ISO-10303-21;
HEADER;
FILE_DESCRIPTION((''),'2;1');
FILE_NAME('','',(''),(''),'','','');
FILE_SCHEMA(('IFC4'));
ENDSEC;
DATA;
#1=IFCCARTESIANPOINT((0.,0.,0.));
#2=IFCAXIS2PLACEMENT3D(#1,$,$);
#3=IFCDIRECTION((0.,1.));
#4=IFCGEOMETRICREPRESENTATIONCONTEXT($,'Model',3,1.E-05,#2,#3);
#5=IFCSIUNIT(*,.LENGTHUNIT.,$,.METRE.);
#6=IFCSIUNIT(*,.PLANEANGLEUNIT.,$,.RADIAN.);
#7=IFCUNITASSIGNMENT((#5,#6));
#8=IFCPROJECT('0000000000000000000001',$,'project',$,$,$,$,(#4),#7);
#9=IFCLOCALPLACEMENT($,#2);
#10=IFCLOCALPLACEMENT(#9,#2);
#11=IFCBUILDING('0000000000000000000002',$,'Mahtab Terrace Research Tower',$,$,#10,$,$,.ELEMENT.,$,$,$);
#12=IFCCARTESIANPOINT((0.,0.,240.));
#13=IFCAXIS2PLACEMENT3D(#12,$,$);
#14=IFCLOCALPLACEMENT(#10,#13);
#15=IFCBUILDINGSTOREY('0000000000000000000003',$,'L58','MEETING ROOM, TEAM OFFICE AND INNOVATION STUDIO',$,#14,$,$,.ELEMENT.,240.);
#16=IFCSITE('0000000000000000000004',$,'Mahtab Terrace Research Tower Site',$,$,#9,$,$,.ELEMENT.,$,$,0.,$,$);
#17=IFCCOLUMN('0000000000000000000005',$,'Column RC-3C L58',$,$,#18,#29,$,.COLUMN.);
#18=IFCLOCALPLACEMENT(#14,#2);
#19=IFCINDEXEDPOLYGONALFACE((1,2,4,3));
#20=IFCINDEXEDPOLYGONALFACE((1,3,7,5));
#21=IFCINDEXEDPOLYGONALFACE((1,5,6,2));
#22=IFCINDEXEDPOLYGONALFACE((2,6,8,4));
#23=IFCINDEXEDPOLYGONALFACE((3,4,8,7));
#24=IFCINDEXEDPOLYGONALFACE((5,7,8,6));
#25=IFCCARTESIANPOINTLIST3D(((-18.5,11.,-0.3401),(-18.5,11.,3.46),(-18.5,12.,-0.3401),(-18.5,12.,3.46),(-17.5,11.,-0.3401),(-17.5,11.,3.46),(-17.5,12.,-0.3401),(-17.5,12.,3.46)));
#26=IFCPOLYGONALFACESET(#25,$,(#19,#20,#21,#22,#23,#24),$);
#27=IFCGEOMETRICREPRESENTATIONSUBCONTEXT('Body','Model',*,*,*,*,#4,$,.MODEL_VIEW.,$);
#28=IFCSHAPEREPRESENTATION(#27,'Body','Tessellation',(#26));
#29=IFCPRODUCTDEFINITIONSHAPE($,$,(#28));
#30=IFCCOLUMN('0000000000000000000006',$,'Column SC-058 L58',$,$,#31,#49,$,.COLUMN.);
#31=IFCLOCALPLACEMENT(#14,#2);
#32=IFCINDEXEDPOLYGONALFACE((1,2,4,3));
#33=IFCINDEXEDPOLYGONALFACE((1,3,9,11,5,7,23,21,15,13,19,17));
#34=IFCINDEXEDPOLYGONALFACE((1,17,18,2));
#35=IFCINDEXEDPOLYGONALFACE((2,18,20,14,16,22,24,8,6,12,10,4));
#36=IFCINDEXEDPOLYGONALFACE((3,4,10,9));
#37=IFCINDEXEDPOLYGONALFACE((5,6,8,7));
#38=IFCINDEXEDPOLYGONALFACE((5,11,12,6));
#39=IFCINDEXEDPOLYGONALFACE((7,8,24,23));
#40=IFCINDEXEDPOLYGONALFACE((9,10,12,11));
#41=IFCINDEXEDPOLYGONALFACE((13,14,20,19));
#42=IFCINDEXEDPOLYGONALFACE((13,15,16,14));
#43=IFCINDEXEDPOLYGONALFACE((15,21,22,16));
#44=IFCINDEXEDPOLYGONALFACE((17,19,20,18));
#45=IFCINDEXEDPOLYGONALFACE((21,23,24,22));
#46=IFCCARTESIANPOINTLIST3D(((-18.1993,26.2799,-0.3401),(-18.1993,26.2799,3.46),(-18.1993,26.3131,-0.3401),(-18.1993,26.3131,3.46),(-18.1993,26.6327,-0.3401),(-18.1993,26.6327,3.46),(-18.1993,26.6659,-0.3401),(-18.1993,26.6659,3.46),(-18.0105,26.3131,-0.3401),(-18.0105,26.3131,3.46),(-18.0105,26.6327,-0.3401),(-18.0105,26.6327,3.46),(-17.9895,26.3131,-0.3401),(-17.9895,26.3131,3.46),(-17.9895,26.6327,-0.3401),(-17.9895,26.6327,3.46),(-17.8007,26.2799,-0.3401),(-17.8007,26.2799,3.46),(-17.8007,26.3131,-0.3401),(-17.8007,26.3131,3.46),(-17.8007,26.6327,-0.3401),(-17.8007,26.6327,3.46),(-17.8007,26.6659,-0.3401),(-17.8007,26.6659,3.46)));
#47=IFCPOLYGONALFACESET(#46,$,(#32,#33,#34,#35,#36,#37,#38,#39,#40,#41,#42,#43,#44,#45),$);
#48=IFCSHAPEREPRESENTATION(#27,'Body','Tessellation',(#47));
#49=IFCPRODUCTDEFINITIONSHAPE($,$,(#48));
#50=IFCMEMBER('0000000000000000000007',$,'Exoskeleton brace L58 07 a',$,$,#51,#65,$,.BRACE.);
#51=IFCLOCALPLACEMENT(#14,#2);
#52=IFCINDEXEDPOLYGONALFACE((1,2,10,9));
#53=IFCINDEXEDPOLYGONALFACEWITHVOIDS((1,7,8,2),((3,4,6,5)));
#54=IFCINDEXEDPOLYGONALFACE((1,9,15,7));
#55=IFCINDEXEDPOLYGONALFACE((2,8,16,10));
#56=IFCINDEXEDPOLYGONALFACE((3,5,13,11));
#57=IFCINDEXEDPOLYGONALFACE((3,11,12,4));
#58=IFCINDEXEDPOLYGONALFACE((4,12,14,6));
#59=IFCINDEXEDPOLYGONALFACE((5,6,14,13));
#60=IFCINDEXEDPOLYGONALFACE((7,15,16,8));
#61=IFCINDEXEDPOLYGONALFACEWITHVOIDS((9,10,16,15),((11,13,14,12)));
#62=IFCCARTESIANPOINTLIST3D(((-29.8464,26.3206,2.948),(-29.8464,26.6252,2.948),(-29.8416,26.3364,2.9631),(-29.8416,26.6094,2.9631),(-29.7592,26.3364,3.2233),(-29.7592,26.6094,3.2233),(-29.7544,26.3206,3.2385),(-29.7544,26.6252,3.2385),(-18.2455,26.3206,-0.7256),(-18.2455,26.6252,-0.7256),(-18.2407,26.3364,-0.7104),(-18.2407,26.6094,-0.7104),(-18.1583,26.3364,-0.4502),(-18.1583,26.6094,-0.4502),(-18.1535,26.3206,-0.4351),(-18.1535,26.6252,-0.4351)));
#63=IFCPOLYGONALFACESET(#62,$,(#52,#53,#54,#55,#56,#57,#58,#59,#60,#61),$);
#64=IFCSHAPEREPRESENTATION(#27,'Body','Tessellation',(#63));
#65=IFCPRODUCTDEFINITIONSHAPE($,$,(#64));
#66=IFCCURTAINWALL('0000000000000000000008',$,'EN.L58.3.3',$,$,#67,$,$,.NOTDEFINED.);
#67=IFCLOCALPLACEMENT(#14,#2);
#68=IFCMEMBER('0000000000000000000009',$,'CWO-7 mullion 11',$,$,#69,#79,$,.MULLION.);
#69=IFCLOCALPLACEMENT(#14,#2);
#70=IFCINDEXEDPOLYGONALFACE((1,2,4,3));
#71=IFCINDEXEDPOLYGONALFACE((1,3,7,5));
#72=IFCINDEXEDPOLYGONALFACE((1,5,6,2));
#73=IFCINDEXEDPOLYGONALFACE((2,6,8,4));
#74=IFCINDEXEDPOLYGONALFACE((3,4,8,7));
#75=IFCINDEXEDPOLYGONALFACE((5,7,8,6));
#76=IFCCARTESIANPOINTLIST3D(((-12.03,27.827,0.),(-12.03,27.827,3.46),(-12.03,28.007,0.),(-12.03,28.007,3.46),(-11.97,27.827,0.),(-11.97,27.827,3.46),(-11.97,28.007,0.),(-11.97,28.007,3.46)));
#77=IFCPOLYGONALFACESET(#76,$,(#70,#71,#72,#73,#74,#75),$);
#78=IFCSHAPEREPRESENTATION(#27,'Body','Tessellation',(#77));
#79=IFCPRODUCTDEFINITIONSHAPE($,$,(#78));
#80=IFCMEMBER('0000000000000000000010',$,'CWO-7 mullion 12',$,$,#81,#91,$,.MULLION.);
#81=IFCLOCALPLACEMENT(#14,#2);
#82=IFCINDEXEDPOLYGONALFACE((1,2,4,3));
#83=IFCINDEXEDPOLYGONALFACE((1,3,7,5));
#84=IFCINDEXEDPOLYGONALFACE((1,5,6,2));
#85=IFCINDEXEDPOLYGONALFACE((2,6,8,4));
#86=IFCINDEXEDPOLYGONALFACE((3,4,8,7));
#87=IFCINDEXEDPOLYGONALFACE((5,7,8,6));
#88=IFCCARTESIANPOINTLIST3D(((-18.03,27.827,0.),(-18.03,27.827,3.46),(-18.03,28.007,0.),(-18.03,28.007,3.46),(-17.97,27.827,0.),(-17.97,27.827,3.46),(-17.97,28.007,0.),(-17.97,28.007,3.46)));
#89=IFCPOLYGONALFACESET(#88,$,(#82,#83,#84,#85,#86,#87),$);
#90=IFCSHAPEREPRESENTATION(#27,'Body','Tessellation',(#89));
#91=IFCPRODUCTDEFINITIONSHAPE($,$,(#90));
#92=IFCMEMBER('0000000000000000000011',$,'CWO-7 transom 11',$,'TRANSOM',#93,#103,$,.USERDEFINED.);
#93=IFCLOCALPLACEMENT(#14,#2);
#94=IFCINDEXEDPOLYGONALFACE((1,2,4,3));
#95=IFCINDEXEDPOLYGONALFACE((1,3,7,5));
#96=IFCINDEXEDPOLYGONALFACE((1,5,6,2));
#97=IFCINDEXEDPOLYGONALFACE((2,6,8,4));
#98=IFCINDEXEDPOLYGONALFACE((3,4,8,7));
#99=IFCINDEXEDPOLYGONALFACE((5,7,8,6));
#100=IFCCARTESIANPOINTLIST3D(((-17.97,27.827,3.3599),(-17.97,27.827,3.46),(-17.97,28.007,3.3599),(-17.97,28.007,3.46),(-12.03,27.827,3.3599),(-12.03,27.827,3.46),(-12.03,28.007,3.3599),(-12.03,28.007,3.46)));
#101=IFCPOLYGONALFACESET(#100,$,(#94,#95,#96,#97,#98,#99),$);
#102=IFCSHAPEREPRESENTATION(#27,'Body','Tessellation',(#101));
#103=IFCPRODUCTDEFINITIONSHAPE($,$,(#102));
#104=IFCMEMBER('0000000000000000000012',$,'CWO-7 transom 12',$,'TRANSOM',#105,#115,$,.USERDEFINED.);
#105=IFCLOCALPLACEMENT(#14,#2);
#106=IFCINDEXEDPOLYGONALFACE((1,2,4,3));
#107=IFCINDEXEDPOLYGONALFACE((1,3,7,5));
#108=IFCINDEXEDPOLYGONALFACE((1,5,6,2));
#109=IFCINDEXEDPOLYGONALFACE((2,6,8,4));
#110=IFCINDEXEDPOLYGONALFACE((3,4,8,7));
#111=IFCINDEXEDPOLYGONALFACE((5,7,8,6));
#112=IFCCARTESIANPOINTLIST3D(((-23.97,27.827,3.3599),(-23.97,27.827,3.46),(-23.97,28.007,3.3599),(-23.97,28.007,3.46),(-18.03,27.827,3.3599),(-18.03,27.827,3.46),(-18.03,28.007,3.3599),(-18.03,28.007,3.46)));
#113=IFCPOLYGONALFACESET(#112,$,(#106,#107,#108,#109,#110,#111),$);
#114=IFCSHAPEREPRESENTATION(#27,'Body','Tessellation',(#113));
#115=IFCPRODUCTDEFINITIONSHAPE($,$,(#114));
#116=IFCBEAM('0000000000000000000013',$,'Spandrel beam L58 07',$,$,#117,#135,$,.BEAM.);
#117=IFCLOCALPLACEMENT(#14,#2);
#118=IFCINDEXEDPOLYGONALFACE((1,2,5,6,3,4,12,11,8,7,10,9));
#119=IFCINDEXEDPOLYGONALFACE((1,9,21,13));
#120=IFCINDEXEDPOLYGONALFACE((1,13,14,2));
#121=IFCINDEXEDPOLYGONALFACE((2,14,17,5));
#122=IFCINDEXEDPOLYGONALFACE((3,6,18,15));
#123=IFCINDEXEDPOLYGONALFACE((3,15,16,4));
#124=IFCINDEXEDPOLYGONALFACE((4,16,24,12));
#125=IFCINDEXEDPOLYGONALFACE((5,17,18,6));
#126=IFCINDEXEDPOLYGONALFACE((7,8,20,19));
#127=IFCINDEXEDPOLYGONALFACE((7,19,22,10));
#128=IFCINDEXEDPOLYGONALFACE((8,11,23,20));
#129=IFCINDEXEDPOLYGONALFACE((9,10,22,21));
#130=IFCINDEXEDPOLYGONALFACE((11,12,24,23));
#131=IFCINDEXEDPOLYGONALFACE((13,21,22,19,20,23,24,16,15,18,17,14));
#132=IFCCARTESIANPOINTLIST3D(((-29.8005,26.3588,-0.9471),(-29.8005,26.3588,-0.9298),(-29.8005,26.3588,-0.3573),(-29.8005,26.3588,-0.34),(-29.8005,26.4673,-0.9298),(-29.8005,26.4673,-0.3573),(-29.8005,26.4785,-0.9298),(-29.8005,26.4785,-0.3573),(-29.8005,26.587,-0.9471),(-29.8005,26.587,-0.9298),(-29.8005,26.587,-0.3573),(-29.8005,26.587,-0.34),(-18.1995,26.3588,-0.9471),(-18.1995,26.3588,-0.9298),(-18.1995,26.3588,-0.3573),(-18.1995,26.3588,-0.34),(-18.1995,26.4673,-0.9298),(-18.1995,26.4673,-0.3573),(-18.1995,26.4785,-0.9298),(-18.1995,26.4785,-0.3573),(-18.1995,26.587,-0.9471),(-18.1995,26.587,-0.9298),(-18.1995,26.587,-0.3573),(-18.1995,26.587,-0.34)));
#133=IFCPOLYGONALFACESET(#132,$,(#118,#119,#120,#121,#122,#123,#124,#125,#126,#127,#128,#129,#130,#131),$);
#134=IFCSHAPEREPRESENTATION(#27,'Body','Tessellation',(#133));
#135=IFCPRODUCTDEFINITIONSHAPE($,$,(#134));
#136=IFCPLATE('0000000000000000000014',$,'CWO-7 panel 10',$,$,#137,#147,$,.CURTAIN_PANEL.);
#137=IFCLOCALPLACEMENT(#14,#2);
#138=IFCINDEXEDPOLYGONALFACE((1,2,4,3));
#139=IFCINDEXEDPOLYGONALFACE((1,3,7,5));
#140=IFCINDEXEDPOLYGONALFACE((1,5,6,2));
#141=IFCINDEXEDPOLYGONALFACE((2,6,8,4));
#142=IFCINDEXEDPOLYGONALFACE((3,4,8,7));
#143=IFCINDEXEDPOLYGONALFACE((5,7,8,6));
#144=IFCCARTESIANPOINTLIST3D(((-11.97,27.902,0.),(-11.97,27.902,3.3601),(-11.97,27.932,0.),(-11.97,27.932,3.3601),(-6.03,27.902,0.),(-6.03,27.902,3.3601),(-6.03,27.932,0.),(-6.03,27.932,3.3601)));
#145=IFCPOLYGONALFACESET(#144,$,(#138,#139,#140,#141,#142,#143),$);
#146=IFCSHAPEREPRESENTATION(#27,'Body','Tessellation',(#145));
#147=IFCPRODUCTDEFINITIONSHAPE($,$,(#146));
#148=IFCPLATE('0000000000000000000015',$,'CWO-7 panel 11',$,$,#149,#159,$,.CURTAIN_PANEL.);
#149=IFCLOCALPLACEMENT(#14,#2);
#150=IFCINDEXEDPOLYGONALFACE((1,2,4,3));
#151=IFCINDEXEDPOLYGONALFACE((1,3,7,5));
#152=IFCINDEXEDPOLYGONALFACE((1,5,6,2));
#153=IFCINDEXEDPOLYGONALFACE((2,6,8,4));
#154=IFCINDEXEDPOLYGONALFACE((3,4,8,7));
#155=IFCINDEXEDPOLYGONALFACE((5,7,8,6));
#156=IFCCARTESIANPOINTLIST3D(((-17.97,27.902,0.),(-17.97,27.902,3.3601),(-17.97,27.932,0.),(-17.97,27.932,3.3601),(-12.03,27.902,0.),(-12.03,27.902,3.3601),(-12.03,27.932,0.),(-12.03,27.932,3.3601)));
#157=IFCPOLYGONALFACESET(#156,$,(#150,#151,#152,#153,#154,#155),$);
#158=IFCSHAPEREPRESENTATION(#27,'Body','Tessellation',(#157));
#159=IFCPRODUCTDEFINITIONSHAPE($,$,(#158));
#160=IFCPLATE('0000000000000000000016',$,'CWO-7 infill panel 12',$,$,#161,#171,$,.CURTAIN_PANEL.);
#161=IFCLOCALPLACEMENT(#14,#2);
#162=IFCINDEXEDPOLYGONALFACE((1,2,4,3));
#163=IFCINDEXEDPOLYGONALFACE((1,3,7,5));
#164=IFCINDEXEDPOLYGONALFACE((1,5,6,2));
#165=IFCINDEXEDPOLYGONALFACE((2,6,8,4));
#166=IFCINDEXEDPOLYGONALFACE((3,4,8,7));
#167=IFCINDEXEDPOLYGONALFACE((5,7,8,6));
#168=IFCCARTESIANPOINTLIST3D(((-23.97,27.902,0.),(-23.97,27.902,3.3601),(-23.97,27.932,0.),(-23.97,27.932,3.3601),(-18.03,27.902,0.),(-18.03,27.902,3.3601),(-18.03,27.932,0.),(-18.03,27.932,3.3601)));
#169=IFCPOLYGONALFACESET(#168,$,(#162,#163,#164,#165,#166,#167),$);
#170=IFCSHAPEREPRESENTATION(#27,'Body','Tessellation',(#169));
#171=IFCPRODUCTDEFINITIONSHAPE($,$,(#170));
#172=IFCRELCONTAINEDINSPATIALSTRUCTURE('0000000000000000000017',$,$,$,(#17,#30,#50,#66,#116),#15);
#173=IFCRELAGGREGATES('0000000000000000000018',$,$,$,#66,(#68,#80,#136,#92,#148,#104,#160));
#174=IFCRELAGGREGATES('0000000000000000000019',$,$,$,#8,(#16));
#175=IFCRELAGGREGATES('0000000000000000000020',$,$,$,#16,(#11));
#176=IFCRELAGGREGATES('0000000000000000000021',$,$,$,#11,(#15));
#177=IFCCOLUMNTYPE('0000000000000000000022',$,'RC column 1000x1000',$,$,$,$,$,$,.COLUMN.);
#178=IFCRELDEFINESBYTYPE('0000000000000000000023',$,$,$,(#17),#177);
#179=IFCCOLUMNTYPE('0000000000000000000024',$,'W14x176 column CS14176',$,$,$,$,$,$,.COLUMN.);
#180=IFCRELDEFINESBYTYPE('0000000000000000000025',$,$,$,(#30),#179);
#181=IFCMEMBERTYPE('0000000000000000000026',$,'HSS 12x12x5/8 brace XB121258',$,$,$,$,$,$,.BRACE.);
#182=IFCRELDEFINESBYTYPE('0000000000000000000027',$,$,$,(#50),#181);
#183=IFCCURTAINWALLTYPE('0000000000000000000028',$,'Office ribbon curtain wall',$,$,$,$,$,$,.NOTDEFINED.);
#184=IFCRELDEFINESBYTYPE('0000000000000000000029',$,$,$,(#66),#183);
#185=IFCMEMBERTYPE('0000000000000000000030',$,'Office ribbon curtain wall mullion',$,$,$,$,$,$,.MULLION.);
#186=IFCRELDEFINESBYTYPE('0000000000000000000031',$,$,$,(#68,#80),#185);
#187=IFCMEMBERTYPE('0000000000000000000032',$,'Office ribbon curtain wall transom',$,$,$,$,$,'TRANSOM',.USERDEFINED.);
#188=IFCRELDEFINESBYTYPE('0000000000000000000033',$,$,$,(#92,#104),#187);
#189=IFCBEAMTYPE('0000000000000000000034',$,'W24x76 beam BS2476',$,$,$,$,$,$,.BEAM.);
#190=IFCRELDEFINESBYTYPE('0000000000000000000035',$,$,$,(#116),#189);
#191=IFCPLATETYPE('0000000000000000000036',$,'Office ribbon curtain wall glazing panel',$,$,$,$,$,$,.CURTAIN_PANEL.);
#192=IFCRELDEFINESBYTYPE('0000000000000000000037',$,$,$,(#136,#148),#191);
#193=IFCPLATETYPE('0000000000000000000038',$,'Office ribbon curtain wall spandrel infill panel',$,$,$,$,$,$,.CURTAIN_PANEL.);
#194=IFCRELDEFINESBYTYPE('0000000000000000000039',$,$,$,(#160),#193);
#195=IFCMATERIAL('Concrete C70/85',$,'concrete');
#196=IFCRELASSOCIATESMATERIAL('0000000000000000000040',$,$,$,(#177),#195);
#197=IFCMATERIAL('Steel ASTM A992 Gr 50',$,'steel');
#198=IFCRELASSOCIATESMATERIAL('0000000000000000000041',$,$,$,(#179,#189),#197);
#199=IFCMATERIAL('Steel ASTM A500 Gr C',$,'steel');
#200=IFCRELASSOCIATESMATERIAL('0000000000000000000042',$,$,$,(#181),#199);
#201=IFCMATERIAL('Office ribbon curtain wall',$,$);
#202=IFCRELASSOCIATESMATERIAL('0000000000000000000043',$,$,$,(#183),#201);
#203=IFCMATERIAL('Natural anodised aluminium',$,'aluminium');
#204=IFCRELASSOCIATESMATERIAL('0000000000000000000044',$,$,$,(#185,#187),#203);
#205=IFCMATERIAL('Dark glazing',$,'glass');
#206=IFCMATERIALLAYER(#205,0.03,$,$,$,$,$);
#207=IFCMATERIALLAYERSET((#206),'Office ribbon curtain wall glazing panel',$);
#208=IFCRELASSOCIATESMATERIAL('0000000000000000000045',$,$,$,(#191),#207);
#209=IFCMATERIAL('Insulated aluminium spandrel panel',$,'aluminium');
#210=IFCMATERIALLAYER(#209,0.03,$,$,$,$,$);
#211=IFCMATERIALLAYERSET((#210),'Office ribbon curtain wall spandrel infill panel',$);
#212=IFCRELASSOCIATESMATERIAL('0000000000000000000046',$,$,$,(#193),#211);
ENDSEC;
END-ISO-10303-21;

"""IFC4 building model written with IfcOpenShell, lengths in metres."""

from ifc_helpers import new_model, si_unit, direction, frame, origin, origin_2d, place, context, subcontext, project, spatial, rectangle, hollow_rectangle, i_section, extrude, material, layer, layer_set, material_profile, profile_set, type_object, element, aggregate, save


model = new_model("IFC4")

# Units and contexts
model_context = context("Model", 3, precision=1e-05, world=origin(), true_north=direction((0.0, 1.0)))
body_context = subcontext(model_context, "Body", "Model", "MODEL_VIEW")
ifc_project = project(units=[si_unit("LENGTHUNIT", "METRE"), si_unit("PLANEANGLEUNIT", "RADIAN")], contexts=[model_context])

# Site, building, storey
site_placement = place(None, origin())
site = spatial("IfcSite", under=ifc_project, at=site_placement, Name="Mahtab Terrace Research Tower Site", CompositionType="ELEMENT", RefElevation=0.0)
building_placement = place(site_placement, origin())
building = spatial("IfcBuilding", under=site, at=building_placement, Name="Mahtab Terrace Research Tower", CompositionType="ELEMENT")
storey_placement = place(building_placement, frame((0.0, 0.0, 240.0)))
storey = spatial("IfcBuildingStorey", under=building, at=storey_placement, Name="L58", Description="MEETING ROOM, TEAM OFFICE AND INNOVATION STUDIO", CompositionType="ELEMENT", Elevation=240.0)

# Columns
ifc_material_1 = material(Name="Concrete C70/85", Category="concrete")
ifc_material_profile_1 = material_profile(ifc_material_1, rectangle(XDim=1.0, YDim=1.0, at=origin_2d()), Name="RC column 1000x1000")
ifc_profile_set_1 = profile_set([ifc_material_profile_1], Name="Concrete C70/85")
column_type_1 = type_object("IfcColumnType", Name="RC column 1000x1000", PredefinedType="COLUMN", material=ifc_profile_set_1)
column_1_placement = place(storey_placement, frame((-18.0, 11.5, -0.3401), z_axis=(0.0, 0.0, 1.0), x_axis=(1.0, 0.0, 0.0)))
element("IfcColumn", 1, at=column_1_placement, inside=storey, type_object=column_type_1, Name="Column RC-3C L58", PredefinedType="COLUMN", context=body_context, shape_type="SweptSolid", body=[
    extrude(rectangle(XDim=1.0, YDim=1.0, at=origin_2d()), origin(), (0.0, 0.0, 1.0), 3.8),
])
ifc_material_2 = material(Name="Steel ASTM A992 Gr 50", Category="steel")
ifc_material_profile_2 = material_profile(ifc_material_2, i_section(OverallWidth=0.3987, OverallDepth=0.386, WebThickness=0.021, FlangeThickness=0.0332, at=origin_2d()), Name="W14X176")
ifc_profile_set_2 = profile_set([ifc_material_profile_2], Name="Steel ASTM A992 Gr 50")
column_type_2 = type_object("IfcColumnType", Name="W14x176 column CS14176", PredefinedType="COLUMN", material=ifc_profile_set_2)
column_2_placement = place(storey_placement, frame((-18.0, 26.4729, -0.3401), z_axis=(0.0, 0.0, 1.0), x_axis=(1.0, 0.0, 0.0)))
element("IfcColumn", 2, at=column_2_placement, inside=storey, type_object=column_type_2, Name="Column SC-058 L58", PredefinedType="COLUMN", context=body_context, shape_type="SweptSolid", body=[
    extrude(i_section(OverallWidth=0.3987, OverallDepth=0.386, WebThickness=0.021, FlangeThickness=0.0332, at=origin_2d()), origin(), (0.0, 0.0, 1.0), 3.8),
])

# Member
ifc_material_3 = material(Name="Steel ASTM A500 Gr C", Category="steel")
ifc_material_profile_3 = material_profile(ifc_material_3, hollow_rectangle(XDim=0.3047, YDim=0.3047, WallThickness=0.0159, at=origin_2d()), Name="HSS12X12X5/8")
ifc_profile_set_3 = profile_set([ifc_material_profile_3], Name="Steel ASTM A500 Gr C")
member_type_1 = type_object("IfcMemberType", Name="HSS 12x12x5/8 brace XB121258", PredefinedType="BRACE", material=ifc_profile_set_3)
member_1_placement = place(storey_placement, frame((-18.1995, 26.4729, -0.5803), z_axis=(-0.953344, 0.0, 0.301885), x_axis=(0.0, -1.0, 0.0)))
element("IfcMember", 3, at=member_1_placement, inside=storey, type_object=member_type_1, Name="Exoskeleton brace L58 07 a", PredefinedType="BRACE", context=body_context, shape_type="SweptSolid", body=[
    extrude(hollow_rectangle(XDim=0.3047, YDim=0.3047, WallThickness=0.0159, at=origin_2d()), origin(), (0.0, 0.0, 1.0), 12.1687),
])

# Curtain wall, members
ifc_material_4 = material(Name="Office ribbon curtain wall")
curtain_wall_type = type_object("IfcCurtainWallType", Name="Office ribbon curtain wall", PredefinedType="NOTDEFINED", material=ifc_material_4)
curtain_wall_placement = place(storey_placement, origin())
curtain_wall = element("IfcCurtainWall", 4, at=curtain_wall_placement, inside=storey, type_object=curtain_wall_type, Name="EN.L58.3.3", PredefinedType="NOTDEFINED")
ifc_material_5 = material(Name="Natural anodised aluminium", Category="aluminium")
ifc_material_profile_4 = material_profile(ifc_material_5, rectangle(XDim=0.1799, YDim=0.0601, at=origin_2d()), Name="MULLION 60x180")
ifc_profile_set_4 = profile_set([ifc_material_profile_4], Name="Natural anodised aluminium")
member_type_2 = type_object("IfcMemberType", Name="Office ribbon curtain wall mullion", PredefinedType="MULLION", material=ifc_profile_set_4)
member_2_placement = place(storey_placement, frame((-12.0, 27.917, 0.0), z_axis=(0.0, 0.0, 1.0), x_axis=(0.0, -1.0, 0.0)))
member_2 = element("IfcMember", 5, at=member_2_placement, type_object=member_type_2, Name="CWO-7 mullion 11", PredefinedType="MULLION", context=body_context, shape_type="SweptSolid", body=[
    extrude(rectangle(XDim=0.1799, YDim=0.0601, at=origin_2d()), origin(), (0.0, 0.0, 1.0), 3.46),
])
member_3_placement = place(storey_placement, frame((-18.0, 27.917, 0.0), z_axis=(0.0, 0.0, 1.0), x_axis=(0.0, -1.0, 0.0)))
member_3 = element("IfcMember", 6, at=member_3_placement, type_object=member_type_2, Name="CWO-7 mullion 12", PredefinedType="MULLION", context=body_context, shape_type="SweptSolid", body=[
    extrude(rectangle(XDim=0.1799, YDim=0.0601, at=origin_2d()), origin(), (0.0, 0.0, 1.0), 3.46),
])
ifc_material_profile_5 = material_profile(ifc_material_5, rectangle(XDim=0.1799, YDim=0.1001, at=origin_2d()), Name="TRANSOM 100x180")
ifc_profile_set_5 = profile_set([ifc_material_profile_5], Name="Natural anodised aluminium")
member_type_3 = type_object("IfcMemberType", Name="Office ribbon curtain wall transom", ElementType="TRANSOM", PredefinedType="USERDEFINED", material=ifc_profile_set_5)
member_4_placement = place(storey_placement, frame((-12.03, 27.917, 3.4099), z_axis=(-1.0, 0.0, 0.0), x_axis=(0.0, -1.0, 0.0)))
member_4 = element("IfcMember", 7, at=member_4_placement, type_object=member_type_3, Name="CWO-7 transom 11", ObjectType="TRANSOM", PredefinedType="USERDEFINED", context=body_context, shape_type="SweptSolid", body=[
    extrude(rectangle(XDim=0.1799, YDim=0.1001, at=origin_2d()), origin(), (0.0, 0.0, 1.0), 5.9399),
])
member_5_placement = place(storey_placement, frame((-18.03, 27.917, 3.4099), z_axis=(-1.0, 0.0, 0.0), x_axis=(0.0, -1.0, 0.0)))
member_5 = element("IfcMember", 8, at=member_5_placement, type_object=member_type_3, Name="CWO-7 transom 12", ObjectType="TRANSOM", PredefinedType="USERDEFINED", context=body_context, shape_type="SweptSolid", body=[
    extrude(rectangle(XDim=0.1799, YDim=0.1001, at=origin_2d()), origin(), (0.0, 0.0, 1.0), 5.9399),
])

# Beam
ifc_material_profile_6 = material_profile(ifc_material_2, i_section(OverallWidth=0.2283, OverallDepth=0.6072, WebThickness=0.0112, FlangeThickness=0.0173, at=origin_2d()), Name="W24X76")
ifc_profile_set_6 = profile_set([ifc_material_profile_6], Name="Steel ASTM A992 Gr 50")
beam_type = type_object("IfcBeamType", Name="W24x76 beam BS2476", PredefinedType="BEAM", material=ifc_profile_set_6)
beam_placement = place(storey_placement, frame((-18.1995, 26.4729, -0.6436), z_axis=(-1.0, 0.0, 0.0), x_axis=(0.0, -1.0, 0.0)))
element("IfcBeam", 9, at=beam_placement, inside=storey, type_object=beam_type, Name="Spandrel beam L58 07", PredefinedType="BEAM", context=body_context, shape_type="SweptSolid", body=[
    extrude(i_section(OverallWidth=0.2283, OverallDepth=0.6072, WebThickness=0.0112, FlangeThickness=0.0173, at=origin_2d()), origin(), (0.0, 0.0, 1.0), 11.6011),
])

# Plates
ifc_material_6 = material(Name="Dark glazing", Category="glass")
ifc_layer_1 = layer(ifc_material_6, 0.03)
ifc_layer_set_1 = layer_set([ifc_layer_1], Name="Office ribbon curtain wall glazing panel")
plate_type_1 = type_object("IfcPlateType", Name="Office ribbon curtain wall glazing panel", PredefinedType="CURTAIN_PANEL", material=ifc_layer_set_1)
plate_1_placement = place(storey_placement, frame((-9.0, 27.917, 0.0), z_axis=(0.0, 0.0, 1.0), x_axis=(-1.0, 0.0, 0.0)))
plate_1 = element("IfcPlate", 10, at=plate_1_placement, type_object=plate_type_1, Name="CWO-7 panel 10", PredefinedType="CURTAIN_PANEL", context=body_context, shape_type="SweptSolid", body=[
    extrude(rectangle(XDim=5.9399, YDim=0.03, at=origin_2d()), origin(), (0.0, 0.0, 1.0), 3.3601),
])
plate_2_placement = place(storey_placement, frame((-15.0, 27.917, 0.0), z_axis=(0.0, 0.0, 1.0), x_axis=(-1.0, 0.0, 0.0)))
plate_2 = element("IfcPlate", 11, at=plate_2_placement, type_object=plate_type_1, Name="CWO-7 panel 11", PredefinedType="CURTAIN_PANEL", context=body_context, shape_type="SweptSolid", body=[
    extrude(rectangle(XDim=5.9399, YDim=0.03, at=origin_2d()), origin(), (0.0, 0.0, 1.0), 3.3601),
])
ifc_material_7 = material(Name="Insulated aluminium spandrel panel", Category="aluminium")
ifc_layer_2 = layer(ifc_material_7, 0.03)
ifc_layer_set_2 = layer_set([ifc_layer_2], Name="Office ribbon curtain wall spandrel infill panel")
plate_type_2 = type_object("IfcPlateType", Name="Office ribbon curtain wall spandrel infill panel", PredefinedType="CURTAIN_PANEL", material=ifc_layer_set_2)
plate_3_placement = place(storey_placement, frame((-21.0, 27.917, 0.0), z_axis=(0.0, 0.0, 1.0), x_axis=(-1.0, 0.0, 0.0)))
plate_3 = element("IfcPlate", 12, at=plate_3_placement, type_object=plate_type_2, Name="CWO-7 infill panel 12", PredefinedType="CURTAIN_PANEL", context=body_context, shape_type="SweptSolid", body=[
    extrude(rectangle(XDim=5.9399, YDim=0.03, at=origin_2d()), origin(), (0.0, 0.0, 1.0), 3.3601),
])
aggregate(curtain_wall, [member_2, member_3, plate_1, member_4, plate_2, member_5, plate_3])

save(model, "model.ifc")
